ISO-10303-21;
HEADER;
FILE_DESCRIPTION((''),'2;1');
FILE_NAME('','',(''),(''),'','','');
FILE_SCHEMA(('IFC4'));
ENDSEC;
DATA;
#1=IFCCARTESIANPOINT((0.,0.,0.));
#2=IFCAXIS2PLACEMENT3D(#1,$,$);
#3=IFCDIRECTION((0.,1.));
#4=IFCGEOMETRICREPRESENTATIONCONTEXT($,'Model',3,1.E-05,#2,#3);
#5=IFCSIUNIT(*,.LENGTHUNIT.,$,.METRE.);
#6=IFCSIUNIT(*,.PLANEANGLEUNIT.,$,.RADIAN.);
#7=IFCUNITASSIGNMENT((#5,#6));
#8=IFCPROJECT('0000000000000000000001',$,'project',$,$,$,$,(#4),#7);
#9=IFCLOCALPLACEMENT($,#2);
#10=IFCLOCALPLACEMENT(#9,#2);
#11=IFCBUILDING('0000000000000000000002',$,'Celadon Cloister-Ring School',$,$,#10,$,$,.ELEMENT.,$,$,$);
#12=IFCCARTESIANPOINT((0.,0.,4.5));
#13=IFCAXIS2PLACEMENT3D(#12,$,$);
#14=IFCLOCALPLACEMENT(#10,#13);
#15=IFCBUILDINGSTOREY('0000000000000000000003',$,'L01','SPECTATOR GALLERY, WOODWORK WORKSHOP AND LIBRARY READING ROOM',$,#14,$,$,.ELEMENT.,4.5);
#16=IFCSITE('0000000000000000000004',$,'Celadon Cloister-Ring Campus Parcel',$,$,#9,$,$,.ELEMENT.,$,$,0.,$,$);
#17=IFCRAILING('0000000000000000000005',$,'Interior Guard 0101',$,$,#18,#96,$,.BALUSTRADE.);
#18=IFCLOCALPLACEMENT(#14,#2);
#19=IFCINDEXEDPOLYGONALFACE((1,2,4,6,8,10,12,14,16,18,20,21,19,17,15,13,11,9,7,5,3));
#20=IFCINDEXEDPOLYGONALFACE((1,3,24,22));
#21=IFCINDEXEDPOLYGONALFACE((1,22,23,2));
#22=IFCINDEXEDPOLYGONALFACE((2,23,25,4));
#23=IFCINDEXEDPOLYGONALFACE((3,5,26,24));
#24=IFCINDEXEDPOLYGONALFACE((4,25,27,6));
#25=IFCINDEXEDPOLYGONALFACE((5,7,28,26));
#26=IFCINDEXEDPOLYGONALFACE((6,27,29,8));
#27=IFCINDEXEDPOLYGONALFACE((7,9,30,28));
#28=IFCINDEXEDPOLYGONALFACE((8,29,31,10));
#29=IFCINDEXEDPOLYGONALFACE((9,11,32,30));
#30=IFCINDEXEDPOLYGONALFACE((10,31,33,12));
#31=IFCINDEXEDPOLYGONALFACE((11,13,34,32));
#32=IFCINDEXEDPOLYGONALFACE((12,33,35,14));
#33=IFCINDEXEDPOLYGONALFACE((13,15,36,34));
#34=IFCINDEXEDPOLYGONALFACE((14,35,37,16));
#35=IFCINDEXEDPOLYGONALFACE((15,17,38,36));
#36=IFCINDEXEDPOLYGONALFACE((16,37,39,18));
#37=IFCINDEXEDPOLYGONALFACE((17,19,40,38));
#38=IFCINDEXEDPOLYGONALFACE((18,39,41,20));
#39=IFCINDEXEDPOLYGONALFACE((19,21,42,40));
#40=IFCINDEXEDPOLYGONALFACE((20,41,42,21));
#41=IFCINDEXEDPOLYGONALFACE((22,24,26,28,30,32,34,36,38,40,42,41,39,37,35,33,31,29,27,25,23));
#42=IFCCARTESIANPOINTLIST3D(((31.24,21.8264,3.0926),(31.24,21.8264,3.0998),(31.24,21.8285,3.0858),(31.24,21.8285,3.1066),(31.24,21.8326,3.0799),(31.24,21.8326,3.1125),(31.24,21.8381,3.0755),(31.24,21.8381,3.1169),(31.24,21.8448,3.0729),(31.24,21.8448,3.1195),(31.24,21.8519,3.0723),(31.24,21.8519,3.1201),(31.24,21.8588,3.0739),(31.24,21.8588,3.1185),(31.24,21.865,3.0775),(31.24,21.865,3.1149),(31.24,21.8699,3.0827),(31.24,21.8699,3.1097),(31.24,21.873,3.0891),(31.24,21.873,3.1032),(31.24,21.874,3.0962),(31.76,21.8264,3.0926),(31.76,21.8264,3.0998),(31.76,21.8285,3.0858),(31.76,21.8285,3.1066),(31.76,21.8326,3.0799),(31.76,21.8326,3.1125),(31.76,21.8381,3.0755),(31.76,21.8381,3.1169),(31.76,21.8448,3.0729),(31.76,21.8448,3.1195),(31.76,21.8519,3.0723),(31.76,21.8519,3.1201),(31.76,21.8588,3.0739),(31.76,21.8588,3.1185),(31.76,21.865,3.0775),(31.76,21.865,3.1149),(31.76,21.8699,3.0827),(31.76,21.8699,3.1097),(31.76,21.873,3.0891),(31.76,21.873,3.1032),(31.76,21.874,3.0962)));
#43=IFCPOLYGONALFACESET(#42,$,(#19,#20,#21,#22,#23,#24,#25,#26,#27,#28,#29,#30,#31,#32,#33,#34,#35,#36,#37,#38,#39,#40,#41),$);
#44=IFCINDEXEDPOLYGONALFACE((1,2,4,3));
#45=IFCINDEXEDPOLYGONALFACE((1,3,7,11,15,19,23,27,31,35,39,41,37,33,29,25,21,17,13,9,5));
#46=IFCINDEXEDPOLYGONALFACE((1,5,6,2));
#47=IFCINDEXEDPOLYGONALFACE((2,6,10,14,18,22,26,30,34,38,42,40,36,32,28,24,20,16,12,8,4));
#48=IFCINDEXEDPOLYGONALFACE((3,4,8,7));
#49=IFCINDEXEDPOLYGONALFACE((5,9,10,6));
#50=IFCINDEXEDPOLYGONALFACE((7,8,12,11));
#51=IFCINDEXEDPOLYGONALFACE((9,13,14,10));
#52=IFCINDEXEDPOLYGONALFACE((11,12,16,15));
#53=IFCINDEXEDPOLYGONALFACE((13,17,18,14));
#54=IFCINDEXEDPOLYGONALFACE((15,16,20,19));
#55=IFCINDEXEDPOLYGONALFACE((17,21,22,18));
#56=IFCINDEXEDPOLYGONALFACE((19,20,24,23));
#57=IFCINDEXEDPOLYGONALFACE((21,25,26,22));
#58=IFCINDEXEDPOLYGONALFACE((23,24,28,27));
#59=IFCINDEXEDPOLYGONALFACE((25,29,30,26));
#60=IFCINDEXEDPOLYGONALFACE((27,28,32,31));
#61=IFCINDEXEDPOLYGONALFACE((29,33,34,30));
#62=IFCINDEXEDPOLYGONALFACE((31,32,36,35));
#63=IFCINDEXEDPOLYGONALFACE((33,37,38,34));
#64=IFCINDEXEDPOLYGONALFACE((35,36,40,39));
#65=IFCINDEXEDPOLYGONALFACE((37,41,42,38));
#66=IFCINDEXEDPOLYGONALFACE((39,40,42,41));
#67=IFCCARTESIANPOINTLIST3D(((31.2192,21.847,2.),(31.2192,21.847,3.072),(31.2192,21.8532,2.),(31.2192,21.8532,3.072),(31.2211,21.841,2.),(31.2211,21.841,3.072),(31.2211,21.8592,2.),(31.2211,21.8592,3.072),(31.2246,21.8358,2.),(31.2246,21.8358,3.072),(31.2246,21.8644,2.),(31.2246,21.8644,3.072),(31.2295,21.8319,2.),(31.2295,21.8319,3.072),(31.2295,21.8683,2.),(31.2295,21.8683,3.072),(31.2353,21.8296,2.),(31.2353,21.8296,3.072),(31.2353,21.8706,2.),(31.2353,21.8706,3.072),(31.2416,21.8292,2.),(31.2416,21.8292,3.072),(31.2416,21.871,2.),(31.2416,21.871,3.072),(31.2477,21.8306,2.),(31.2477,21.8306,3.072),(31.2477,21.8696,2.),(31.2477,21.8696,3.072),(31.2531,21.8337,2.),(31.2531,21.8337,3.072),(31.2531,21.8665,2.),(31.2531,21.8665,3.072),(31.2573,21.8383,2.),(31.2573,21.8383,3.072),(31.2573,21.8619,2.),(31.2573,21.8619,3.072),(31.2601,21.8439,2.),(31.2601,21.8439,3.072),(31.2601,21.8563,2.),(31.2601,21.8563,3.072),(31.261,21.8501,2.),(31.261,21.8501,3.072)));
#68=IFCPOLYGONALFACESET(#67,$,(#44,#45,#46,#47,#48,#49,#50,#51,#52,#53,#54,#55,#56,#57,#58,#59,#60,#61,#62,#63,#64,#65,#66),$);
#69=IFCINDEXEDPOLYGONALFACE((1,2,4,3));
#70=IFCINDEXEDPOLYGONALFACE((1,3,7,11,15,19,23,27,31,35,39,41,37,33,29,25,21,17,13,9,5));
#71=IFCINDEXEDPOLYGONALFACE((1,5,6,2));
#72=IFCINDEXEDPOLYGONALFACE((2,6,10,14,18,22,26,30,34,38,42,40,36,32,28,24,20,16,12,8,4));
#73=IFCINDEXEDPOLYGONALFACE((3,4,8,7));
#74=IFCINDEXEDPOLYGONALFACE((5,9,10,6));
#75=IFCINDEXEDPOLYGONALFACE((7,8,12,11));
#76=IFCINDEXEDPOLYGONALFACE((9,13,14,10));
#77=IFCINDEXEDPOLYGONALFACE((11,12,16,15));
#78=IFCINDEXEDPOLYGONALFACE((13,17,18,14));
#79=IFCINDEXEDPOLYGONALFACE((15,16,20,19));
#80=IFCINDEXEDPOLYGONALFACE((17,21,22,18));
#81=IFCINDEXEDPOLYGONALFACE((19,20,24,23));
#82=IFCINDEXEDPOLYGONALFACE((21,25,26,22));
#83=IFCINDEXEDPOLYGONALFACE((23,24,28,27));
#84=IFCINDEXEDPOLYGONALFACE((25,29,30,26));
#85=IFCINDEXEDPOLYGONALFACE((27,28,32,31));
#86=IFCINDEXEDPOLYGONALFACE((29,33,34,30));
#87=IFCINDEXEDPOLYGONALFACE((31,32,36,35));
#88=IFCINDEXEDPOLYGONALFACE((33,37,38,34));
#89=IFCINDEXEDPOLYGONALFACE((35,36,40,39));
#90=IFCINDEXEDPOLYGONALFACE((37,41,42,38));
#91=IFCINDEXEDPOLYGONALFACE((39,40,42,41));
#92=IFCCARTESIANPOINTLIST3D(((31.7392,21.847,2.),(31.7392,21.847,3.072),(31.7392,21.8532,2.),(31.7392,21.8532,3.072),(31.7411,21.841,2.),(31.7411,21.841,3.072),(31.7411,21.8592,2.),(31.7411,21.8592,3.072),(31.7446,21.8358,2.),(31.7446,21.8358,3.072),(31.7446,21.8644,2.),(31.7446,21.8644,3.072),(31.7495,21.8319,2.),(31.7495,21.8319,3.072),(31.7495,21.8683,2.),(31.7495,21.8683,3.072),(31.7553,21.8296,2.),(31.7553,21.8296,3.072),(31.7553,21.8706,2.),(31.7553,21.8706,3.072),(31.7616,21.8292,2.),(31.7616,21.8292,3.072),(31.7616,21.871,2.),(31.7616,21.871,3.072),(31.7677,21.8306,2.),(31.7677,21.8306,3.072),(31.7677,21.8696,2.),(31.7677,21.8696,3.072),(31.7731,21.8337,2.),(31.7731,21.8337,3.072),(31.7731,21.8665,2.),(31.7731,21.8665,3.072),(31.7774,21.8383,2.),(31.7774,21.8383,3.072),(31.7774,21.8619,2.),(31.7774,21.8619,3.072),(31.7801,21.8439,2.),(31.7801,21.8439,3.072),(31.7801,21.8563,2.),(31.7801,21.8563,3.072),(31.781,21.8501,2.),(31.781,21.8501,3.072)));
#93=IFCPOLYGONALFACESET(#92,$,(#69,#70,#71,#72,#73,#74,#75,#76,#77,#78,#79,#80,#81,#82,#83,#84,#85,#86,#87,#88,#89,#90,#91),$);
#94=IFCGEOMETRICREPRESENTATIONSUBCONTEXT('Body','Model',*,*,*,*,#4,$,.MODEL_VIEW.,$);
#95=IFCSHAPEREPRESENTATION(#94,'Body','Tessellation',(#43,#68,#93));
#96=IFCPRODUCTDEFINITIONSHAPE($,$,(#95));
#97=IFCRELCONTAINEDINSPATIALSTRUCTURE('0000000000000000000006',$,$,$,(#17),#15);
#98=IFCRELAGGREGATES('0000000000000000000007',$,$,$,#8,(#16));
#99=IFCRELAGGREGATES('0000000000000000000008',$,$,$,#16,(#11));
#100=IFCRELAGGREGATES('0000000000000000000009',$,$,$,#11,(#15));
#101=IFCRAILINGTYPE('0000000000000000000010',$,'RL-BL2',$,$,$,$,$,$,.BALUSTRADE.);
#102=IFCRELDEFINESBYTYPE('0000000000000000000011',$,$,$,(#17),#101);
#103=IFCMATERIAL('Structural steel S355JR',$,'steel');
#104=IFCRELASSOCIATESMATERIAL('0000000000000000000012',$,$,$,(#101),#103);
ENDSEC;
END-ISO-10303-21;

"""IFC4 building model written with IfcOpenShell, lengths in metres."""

from ifc_helpers import new_model, si_unit, direction, frame, origin, origin_2d, place, context, subcontext, project, spatial, circle, extrude, material, type_object, element, save


model = new_model("IFC4")

# Units and contexts
model_context = context("Model", 3, precision=1e-05, world=origin(), true_north=direction((0.0, 1.0)))
body_context = subcontext(model_context, "Body", "Model", "MODEL_VIEW")
ifc_project = project(units=[si_unit("LENGTHUNIT", "METRE"), si_unit("PLANEANGLEUNIT", "RADIAN")], contexts=[model_context])

# Site, building, storey
site_placement = place(None, origin())
site = spatial("IfcSite", under=ifc_project, at=site_placement, Name="Celadon Cloister-Ring Campus Parcel", CompositionType="ELEMENT", RefElevation=0.0)
building_placement = place(site_placement, origin())
building = spatial("IfcBuilding", under=site, at=building_placement, Name="Celadon Cloister-Ring School", CompositionType="ELEMENT")
storey_placement = place(building_placement, frame((0.0, 0.0, 4.5)))
storey = spatial("IfcBuildingStorey", under=building, at=storey_placement, Name="L01", Description="SPECTATOR GALLERY, WOODWORK WORKSHOP AND LIBRARY READING ROOM", CompositionType="ELEMENT", Elevation=4.5)

# Railing
ifc_material_1 = material(Name="Structural steel S355JR", Category="steel")
railing_type_1 = type_object("IfcRailingType", Name="RL-BL2", PredefinedType="BALUSTRADE", material=ifc_material_1)
railing_1_placement = place(storey_placement, frame((31.24, 21.8501, 2.0)))
element("IfcRailing", 1, at=railing_1_placement, inside=storey, type_object=railing_type_1, Name="Interior Guard 0101", PredefinedType="BALUSTRADE", context=body_context, shape_type="SweptSolid", body=[
    extrude(circle(Radius=0.0239, at=origin_2d()), frame((0.0, 0.0, 1.0962), z_axis=(1.0, 0.0, 0.0), x_axis=(0.0, 1.0, 0.0)), (0.0, 0.0, 1.0), 0.52),
    extrude(circle(Radius=0.021, at=origin_2d()), origin(), (0.0, 0.0, 1.0), 1.072),
    extrude(circle(Radius=0.021, at=origin_2d()), frame((0.52, 0.0, 0.0)), (0.0, 0.0, 1.0), 1.072),
])

save(model, "model.ifc")
